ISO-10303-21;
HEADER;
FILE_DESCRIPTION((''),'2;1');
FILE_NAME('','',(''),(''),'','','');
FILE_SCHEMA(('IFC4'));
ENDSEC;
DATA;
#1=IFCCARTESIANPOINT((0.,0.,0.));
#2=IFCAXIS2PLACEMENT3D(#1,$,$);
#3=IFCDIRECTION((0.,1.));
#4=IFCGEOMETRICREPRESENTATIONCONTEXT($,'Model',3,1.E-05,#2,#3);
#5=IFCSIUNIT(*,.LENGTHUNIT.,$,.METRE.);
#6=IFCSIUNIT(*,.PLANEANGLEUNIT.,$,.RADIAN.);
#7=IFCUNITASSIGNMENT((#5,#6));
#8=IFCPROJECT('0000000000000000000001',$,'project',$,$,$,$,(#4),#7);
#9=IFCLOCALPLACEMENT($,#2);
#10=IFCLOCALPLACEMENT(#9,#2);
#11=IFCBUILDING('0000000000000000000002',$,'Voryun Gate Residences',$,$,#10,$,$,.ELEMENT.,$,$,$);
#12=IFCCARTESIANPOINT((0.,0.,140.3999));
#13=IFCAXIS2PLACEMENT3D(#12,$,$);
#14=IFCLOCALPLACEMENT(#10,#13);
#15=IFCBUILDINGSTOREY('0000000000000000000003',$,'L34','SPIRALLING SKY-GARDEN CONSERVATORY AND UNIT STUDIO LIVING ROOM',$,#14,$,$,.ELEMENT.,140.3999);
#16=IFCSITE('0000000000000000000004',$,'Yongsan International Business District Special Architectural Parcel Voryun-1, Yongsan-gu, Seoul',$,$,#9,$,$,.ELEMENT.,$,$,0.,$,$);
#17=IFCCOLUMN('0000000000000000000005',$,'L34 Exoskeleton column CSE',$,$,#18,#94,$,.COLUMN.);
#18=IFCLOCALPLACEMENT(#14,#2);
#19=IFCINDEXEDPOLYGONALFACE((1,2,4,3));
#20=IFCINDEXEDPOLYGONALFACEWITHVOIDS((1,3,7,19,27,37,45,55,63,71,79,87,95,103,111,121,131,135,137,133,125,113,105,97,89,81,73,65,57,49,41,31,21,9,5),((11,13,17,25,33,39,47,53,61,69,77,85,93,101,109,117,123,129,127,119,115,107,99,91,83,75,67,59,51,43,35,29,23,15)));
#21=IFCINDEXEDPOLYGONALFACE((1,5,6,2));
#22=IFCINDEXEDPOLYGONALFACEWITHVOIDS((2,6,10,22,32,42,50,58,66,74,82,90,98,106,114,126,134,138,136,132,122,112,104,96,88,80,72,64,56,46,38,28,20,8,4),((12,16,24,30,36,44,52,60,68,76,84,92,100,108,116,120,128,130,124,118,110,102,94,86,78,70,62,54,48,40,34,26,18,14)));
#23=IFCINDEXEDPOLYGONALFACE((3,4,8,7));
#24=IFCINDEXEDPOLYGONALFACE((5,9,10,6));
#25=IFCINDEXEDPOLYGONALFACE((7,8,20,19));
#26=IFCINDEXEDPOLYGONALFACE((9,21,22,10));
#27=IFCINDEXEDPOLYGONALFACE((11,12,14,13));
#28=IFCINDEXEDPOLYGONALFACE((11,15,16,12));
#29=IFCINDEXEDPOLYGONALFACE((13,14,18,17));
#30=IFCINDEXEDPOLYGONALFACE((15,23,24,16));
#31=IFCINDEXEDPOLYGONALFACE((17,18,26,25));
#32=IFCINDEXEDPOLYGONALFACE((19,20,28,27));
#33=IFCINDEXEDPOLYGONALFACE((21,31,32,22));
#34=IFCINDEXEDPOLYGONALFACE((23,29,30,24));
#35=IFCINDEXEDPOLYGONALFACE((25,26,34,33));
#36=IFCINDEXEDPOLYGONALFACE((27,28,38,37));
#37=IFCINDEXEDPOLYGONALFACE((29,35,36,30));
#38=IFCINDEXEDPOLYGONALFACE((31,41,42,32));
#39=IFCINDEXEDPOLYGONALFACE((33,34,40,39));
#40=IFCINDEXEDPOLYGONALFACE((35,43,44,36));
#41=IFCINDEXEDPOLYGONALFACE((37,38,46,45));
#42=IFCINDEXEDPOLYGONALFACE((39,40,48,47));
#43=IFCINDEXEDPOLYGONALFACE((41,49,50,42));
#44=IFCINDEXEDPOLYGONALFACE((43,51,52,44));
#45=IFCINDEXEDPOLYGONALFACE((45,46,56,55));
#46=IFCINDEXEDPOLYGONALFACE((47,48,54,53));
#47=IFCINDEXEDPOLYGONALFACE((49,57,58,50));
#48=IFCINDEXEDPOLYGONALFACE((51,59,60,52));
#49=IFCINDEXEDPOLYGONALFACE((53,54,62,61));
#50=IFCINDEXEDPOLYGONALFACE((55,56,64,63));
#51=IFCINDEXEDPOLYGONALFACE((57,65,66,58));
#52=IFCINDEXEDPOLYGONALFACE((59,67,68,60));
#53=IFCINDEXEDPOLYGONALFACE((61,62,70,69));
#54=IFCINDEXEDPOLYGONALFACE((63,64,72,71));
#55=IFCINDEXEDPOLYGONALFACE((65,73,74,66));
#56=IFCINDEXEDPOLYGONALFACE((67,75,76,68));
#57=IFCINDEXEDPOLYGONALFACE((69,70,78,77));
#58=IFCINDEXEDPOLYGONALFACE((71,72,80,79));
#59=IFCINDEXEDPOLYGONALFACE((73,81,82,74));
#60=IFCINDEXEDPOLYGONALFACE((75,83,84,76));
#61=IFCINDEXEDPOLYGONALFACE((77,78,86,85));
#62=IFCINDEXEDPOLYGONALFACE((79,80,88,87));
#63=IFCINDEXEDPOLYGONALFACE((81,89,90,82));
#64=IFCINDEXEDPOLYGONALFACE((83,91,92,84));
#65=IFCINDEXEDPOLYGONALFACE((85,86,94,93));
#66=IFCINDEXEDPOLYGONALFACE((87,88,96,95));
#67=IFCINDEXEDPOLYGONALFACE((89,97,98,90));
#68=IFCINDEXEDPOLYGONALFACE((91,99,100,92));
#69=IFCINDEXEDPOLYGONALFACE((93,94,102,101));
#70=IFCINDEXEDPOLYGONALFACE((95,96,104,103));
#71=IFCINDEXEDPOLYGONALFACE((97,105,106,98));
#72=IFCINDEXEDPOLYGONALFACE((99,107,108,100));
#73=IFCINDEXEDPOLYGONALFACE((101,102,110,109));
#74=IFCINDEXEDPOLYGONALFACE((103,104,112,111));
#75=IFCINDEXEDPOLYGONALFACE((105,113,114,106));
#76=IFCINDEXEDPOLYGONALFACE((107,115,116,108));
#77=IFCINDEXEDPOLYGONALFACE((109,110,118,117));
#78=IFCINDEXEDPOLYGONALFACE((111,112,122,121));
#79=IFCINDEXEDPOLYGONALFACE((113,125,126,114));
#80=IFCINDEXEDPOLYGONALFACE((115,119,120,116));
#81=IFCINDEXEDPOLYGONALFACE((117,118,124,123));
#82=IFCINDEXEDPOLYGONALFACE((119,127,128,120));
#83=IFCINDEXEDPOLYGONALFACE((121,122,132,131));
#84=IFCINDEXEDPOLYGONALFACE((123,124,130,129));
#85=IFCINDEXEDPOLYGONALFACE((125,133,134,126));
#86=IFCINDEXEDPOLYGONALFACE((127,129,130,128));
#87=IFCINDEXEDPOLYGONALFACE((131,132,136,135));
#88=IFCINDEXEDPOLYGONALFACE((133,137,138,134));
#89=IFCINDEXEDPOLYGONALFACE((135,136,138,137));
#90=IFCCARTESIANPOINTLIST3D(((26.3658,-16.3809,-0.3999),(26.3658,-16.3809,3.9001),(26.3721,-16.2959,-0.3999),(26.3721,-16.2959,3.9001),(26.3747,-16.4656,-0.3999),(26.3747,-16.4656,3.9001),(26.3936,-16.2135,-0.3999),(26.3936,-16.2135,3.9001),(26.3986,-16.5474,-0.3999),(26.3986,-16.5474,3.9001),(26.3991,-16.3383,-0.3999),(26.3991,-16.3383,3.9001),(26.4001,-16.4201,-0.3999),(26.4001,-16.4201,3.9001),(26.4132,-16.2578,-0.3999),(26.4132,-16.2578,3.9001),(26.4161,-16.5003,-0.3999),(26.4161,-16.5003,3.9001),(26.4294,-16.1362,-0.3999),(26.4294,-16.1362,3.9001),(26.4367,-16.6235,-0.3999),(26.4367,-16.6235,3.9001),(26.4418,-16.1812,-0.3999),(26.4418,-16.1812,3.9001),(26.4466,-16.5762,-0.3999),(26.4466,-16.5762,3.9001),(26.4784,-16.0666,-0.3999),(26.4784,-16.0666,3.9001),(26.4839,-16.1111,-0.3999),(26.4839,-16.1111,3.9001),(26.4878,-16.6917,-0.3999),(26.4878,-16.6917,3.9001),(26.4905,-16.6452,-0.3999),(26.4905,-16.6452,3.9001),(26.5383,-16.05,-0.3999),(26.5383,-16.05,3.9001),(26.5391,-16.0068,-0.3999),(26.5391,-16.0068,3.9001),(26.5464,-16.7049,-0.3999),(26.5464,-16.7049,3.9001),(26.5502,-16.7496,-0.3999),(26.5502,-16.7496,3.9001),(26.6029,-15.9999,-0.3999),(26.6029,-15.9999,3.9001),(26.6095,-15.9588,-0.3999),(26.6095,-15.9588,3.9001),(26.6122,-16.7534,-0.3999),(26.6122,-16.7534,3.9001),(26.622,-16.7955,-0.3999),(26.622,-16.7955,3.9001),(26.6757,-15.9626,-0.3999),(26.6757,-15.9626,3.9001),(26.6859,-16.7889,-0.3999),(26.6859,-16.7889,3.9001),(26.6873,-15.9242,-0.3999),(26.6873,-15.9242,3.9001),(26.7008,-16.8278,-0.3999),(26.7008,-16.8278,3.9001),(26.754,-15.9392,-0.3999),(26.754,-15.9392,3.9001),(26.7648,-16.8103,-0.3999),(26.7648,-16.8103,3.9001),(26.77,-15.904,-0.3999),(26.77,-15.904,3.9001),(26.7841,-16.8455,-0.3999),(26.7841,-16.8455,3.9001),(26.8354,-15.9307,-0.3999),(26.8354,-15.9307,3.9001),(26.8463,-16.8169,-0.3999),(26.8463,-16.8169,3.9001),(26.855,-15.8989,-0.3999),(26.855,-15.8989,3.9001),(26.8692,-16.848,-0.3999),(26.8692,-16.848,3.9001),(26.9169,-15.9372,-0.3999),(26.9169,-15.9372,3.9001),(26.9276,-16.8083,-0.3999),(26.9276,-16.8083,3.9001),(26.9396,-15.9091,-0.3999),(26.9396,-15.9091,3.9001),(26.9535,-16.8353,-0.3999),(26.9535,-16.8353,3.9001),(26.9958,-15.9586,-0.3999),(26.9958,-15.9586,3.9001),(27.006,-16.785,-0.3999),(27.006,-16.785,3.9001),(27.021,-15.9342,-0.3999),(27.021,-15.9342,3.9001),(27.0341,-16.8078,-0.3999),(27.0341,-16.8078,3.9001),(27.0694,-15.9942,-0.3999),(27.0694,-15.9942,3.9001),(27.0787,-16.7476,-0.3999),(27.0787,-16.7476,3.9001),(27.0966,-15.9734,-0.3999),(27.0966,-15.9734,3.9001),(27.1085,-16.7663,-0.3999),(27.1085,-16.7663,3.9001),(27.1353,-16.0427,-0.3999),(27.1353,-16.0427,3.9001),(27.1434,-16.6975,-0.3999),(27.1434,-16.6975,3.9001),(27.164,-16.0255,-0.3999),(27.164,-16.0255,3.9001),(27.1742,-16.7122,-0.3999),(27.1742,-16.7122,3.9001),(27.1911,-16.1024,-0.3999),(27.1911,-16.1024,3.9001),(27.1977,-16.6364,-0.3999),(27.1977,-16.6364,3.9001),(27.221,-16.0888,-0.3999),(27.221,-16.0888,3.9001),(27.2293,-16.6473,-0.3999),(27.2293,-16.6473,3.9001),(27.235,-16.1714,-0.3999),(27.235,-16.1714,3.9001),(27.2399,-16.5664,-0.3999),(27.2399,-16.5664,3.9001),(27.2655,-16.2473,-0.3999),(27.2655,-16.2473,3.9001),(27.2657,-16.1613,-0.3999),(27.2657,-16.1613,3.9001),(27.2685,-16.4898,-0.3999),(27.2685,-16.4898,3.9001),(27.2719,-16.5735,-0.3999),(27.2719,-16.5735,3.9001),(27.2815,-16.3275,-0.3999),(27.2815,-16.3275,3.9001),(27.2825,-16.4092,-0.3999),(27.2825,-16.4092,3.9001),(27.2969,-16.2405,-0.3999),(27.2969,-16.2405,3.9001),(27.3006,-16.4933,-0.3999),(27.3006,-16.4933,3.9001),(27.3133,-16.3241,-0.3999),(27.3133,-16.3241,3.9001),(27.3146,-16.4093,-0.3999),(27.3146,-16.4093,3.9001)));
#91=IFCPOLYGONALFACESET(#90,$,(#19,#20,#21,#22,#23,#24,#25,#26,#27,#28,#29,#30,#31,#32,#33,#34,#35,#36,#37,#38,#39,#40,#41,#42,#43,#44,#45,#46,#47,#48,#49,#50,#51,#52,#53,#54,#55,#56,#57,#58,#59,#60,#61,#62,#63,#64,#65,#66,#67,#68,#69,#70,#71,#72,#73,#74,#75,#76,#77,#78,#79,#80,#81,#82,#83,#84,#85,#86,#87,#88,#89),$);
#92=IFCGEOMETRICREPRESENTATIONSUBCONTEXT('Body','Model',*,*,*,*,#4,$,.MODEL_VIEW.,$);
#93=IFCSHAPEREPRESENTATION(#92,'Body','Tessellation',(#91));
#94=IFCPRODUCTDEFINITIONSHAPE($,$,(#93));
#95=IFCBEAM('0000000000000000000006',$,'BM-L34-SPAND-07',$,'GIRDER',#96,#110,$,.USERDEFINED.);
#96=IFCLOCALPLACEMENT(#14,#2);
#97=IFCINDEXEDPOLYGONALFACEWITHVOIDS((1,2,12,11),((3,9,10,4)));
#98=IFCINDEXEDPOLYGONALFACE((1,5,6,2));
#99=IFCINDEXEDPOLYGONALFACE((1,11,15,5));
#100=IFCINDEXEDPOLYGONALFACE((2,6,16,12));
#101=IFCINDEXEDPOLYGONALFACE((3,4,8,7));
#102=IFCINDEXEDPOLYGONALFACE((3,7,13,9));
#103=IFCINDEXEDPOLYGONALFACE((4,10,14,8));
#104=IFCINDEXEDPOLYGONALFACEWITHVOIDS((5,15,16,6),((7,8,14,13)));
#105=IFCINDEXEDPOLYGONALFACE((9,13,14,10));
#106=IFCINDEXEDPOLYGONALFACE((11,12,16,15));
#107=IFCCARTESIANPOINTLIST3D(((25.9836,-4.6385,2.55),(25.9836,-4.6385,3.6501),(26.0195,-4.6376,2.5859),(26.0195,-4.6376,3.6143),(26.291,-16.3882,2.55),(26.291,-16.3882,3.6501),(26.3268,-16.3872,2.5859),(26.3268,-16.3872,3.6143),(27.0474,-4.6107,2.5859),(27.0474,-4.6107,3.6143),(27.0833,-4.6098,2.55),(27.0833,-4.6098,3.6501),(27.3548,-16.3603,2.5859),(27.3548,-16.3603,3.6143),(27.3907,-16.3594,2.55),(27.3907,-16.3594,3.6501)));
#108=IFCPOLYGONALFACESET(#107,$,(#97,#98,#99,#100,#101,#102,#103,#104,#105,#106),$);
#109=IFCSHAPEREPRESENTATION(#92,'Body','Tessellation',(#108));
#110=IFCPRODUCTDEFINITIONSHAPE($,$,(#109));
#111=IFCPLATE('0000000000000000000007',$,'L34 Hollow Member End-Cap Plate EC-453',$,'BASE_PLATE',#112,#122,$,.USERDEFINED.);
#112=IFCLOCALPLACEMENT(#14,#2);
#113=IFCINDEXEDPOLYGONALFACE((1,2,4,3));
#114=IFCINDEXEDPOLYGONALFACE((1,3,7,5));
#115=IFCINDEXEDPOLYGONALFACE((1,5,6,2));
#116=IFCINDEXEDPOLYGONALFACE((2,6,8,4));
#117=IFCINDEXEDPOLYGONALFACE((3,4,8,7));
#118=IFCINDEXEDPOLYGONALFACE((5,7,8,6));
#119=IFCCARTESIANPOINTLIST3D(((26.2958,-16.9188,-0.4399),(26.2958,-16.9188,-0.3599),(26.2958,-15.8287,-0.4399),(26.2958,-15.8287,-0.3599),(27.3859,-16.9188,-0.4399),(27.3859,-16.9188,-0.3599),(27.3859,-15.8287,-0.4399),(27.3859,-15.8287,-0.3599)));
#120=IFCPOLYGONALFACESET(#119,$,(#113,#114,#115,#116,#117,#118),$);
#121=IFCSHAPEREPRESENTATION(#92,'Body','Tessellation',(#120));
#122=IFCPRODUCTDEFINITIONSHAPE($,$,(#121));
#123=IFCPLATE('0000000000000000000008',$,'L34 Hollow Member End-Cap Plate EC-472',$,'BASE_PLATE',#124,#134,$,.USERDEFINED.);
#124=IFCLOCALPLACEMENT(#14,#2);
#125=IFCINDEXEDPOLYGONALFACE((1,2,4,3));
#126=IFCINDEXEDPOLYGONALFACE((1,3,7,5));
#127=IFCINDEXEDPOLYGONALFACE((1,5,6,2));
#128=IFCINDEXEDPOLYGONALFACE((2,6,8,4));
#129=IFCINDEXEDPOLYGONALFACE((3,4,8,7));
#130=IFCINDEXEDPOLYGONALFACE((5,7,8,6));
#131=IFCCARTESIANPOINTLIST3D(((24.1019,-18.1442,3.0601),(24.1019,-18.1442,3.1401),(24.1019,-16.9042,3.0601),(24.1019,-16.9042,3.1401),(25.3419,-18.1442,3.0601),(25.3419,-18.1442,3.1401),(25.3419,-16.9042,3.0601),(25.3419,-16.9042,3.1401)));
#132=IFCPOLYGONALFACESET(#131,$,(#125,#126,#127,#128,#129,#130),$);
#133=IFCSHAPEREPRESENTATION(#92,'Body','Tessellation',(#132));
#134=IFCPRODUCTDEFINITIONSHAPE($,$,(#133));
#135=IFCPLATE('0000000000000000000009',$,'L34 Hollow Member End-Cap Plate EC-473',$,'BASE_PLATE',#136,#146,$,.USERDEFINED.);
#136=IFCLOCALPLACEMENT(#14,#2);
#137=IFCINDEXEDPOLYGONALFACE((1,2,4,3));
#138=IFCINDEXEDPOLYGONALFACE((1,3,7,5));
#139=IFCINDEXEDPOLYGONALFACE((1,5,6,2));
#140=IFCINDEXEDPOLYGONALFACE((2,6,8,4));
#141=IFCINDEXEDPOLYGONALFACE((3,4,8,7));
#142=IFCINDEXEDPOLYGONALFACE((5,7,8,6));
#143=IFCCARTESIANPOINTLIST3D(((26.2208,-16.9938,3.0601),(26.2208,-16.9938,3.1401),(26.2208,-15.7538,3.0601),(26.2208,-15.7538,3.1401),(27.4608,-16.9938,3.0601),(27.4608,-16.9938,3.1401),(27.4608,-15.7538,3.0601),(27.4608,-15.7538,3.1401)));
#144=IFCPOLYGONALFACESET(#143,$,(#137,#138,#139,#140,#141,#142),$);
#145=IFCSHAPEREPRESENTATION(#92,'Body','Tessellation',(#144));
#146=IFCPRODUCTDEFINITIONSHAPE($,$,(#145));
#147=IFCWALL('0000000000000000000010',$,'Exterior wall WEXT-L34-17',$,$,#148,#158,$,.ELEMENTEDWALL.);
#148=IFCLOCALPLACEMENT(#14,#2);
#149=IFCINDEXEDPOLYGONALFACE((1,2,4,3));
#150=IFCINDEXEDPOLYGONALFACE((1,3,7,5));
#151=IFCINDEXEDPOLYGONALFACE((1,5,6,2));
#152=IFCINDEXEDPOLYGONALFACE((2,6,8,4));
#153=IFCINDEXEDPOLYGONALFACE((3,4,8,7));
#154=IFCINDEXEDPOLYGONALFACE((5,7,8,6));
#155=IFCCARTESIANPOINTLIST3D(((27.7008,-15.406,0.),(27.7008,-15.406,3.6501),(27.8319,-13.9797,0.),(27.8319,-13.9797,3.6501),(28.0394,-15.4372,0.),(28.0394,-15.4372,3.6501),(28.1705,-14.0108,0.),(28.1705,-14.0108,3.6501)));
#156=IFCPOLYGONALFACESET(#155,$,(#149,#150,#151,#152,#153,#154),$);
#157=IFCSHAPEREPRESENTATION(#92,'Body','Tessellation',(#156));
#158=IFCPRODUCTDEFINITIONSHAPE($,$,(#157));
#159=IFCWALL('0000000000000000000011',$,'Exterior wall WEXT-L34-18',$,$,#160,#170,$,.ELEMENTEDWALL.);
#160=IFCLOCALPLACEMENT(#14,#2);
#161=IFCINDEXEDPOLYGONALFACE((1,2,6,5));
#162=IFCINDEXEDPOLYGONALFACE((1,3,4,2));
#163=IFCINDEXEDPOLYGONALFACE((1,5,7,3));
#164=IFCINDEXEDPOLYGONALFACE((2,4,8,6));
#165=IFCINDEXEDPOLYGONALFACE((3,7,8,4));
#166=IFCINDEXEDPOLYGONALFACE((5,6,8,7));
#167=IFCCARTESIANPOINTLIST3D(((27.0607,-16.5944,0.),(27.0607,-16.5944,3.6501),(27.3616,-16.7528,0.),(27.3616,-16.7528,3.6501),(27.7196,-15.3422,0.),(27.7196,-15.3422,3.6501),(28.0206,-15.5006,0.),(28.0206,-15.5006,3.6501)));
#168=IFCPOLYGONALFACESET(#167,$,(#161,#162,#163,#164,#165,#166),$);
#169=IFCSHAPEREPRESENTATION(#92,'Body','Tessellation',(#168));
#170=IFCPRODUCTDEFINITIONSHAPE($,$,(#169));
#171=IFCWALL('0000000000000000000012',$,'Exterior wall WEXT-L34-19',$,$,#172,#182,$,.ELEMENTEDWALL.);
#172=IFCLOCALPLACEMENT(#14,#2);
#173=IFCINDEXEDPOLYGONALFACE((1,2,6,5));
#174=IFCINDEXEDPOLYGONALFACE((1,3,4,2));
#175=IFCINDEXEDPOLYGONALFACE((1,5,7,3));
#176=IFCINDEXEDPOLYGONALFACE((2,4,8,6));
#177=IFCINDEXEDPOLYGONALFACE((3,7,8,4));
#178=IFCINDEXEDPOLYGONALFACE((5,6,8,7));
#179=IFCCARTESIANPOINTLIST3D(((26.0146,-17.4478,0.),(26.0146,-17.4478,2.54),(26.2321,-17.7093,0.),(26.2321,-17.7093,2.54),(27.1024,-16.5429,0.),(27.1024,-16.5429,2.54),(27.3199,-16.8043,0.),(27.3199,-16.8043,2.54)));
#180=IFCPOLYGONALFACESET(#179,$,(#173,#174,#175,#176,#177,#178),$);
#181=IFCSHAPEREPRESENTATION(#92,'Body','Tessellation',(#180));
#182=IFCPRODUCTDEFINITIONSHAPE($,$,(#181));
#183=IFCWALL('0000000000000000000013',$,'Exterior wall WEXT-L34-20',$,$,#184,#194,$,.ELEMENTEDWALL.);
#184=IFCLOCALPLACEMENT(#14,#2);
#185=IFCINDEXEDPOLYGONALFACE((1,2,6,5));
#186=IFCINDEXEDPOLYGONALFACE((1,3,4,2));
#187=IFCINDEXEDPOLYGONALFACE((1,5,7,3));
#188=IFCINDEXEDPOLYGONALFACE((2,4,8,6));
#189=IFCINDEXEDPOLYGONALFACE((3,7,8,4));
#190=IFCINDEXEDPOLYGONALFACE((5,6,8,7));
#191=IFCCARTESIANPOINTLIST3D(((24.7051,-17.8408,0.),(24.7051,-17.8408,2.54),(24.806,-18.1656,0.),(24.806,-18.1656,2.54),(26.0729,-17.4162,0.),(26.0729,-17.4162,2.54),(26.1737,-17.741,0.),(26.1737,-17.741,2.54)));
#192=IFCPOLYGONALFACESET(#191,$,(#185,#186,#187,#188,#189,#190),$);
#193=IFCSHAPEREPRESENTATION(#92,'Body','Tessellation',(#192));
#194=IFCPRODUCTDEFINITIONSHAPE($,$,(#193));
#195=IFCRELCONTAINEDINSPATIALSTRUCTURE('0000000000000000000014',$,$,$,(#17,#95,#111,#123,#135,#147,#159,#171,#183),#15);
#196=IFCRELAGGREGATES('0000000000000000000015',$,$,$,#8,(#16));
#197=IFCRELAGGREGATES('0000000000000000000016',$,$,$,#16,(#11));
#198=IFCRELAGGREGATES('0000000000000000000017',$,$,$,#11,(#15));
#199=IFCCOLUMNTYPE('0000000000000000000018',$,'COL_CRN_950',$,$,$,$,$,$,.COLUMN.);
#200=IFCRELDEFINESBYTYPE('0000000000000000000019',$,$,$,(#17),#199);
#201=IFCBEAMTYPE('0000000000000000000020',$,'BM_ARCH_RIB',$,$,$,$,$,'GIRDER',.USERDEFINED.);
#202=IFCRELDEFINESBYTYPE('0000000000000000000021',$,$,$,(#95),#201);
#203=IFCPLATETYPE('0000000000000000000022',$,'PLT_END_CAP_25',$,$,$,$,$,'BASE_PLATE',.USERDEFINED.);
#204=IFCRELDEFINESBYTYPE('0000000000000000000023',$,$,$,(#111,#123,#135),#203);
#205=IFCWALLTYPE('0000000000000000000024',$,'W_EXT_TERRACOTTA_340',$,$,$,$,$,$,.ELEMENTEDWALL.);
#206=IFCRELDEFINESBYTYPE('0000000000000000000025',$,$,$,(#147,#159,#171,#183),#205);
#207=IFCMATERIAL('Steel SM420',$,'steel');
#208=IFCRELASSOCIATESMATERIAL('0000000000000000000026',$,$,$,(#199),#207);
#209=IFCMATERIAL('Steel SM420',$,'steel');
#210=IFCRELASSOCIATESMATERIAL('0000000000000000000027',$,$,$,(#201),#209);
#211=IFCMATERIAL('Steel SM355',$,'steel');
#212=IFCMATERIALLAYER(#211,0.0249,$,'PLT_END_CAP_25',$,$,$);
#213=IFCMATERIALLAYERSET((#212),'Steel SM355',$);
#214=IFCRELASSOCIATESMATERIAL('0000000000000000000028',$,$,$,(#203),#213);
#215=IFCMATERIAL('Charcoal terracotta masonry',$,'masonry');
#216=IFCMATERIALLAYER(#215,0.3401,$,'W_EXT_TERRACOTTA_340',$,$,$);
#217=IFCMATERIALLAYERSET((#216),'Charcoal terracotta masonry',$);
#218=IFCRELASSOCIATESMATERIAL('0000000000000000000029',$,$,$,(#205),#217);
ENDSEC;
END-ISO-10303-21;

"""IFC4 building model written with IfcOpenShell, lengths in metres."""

from ifc_helpers import new_model, si_unit, direction, frame, frame_2d, origin, origin_2d, place, context, subcontext, project, spatial, rectangle, hollow_rectangle, hollow_circle, extrude, material, layer, layer_set, material_profile, profile_set, type_object, element, save


model = new_model("IFC4")

# Units and contexts
model_context = context("Model", 3, precision=1e-05, world=origin(), true_north=direction((0.0, 1.0)))
body_context = subcontext(model_context, "Body", "Model", "MODEL_VIEW")
ifc_project = project(units=[si_unit("LENGTHUNIT", "METRE"), si_unit("PLANEANGLEUNIT", "RADIAN")], contexts=[model_context])

# Site, building, storey
site_placement = place(None, origin())
site = spatial("IfcSite", under=ifc_project, at=site_placement, Name="Yongsan International Business District Special Architectural Parcel Voryun-1, Yongsan-gu, Seoul", CompositionType="ELEMENT", RefElevation=0.0)
building_placement = place(site_placement, origin())
building = spatial("IfcBuilding", under=site, at=building_placement, Name="Voryun Gate Residences", CompositionType="ELEMENT")
storey_placement = place(building_placement, frame((0.0, 0.0, 140.3999)))
storey = spatial("IfcBuildingStorey", under=building, at=storey_placement, Name="L34", Description="SPIRALLING SKY-GARDEN CONSERVATORY AND UNIT STUDIO LIVING ROOM", CompositionType="ELEMENT", Elevation=140.3999)

# Column
ifc_material_1 = material(Name="Steel SM420", Category="steel")
ifc_material_profile_1 = material_profile(ifc_material_1, hollow_circle(Radius=0.4751, WallThickness=0.032, at=origin_2d()), Name="CHS-950x32")
ifc_profile_set_1 = profile_set([ifc_material_profile_1], Name="Steel SM420")
column_type = type_object("IfcColumnType", Name="COL_CRN_950", PredefinedType="COLUMN", material=ifc_profile_set_1)
column_placement = place(storey_placement, frame((26.8408, -16.3738, -0.3999), z_axis=(0.0, 0.0, 1.0), x_axis=(0.994522, 0.104528, 0.0)))
element("IfcColumn", 1, at=column_placement, inside=storey, type_object=column_type, Name="L34 Exoskeleton column CSE", PredefinedType="COLUMN", context=body_context, shape_type="SweptSolid", body=[
    extrude(hollow_circle(Radius=0.4751, WallThickness=0.032, at=origin_2d()), origin(), (0.0, 0.0, 1.0), 4.3),
])

# Beam
ifc_material_2 = material(Name="Steel SM420", Category="steel")
ifc_material_profile_2 = material_profile(ifc_material_2, hollow_rectangle(XDim=1.1001, YDim=1.1001, WallThickness=0.0359, at=origin_2d()), Name="BOX-1100x1100x36")
ifc_profile_set_2 = profile_set([ifc_material_profile_2], Name="Steel SM420")
beam_type = type_object("IfcBeamType", Name="BM_ARCH_RIB", ElementType="GIRDER", PredefinedType="USERDEFINED", material=ifc_profile_set_2)
beam_placement = place(storey_placement, frame((26.8408, -16.3738, 3.1001), z_axis=(-0.026151, 0.999658, 0.0), x_axis=(-0.999658, -0.026151, 0.0)))
element("IfcBeam", 2, at=beam_placement, inside=storey, type_object=beam_type, Name="BM-L34-SPAND-07", ObjectType="GIRDER", PredefinedType="USERDEFINED", context=body_context, shape_type="SweptSolid", body=[
    extrude(hollow_rectangle(XDim=1.1001, YDim=1.1001, WallThickness=0.0359, at=origin_2d()), origin(), (0.0, 0.0, 1.0), 11.7537),
])

# Plates
ifc_material_3 = material(Name="Steel SM355", Category="steel")
ifc_layer_1 = layer(ifc_material_3, 0.0249, Name="PLT_END_CAP_25")
ifc_layer_set_1 = layer_set([ifc_layer_1], Name="Steel SM355")
plate_type = type_object("IfcPlateType", Name="PLT_END_CAP_25", ElementType="BASE_PLATE", PredefinedType="USERDEFINED", material=ifc_layer_set_1)
plate_placement = place(storey_placement, frame((26.8408, -16.3738, -0.4399), z_axis=(0.0, 0.0, 1.0), x_axis=(1.0, 0.0, 0.0)))
element("IfcPlate", 3, at=plate_placement, inside=storey, type_object=plate_type, Name="L34 Hollow Member End-Cap Plate EC-453", ObjectType="BASE_PLATE", PredefinedType="USERDEFINED", context=body_context, shape_type="SweptSolid", body=[
    extrude(rectangle(XDim=1.0901, YDim=1.0901, at=origin_2d()), origin(), (0.0, 0.0, 1.0), 0.0801),
])
for number, where, z_axis, x_axis, name in (
    (4, (24.7219, -17.5242, 3.0601), (0.0, 0.0, 1.0), (1.0, 0.0, 0.0), "L34 Hollow Member End-Cap Plate EC-472"),
    (5, (26.8408, -16.3738, 3.0601), (0.0, 0.0, 1.0), (1.0, 0.0, 0.0), "L34 Hollow Member End-Cap Plate EC-473"),
):
    element("IfcPlate", number, at=place(storey_placement, frame(where, z_axis=z_axis, x_axis=x_axis)), inside=storey, type_object=plate_type, Name=name, ObjectType="BASE_PLATE", PredefinedType="USERDEFINED", context=body_context, shape_type="SweptSolid", body=[
        extrude(rectangle(XDim=1.24, YDim=1.24, at=origin_2d()), origin(), (0.0, 0.0, 1.0), 0.0801),
    ])

# Shared definitions
ifc_material_4 = material(Name="Charcoal terracotta masonry", Category="masonry")
ifc_layer_2 = layer(ifc_material_4, 0.3401, Name="W_EXT_TERRACOTTA_340")
ifc_layer_set_2 = layer_set([ifc_layer_2], Name="Charcoal terracotta masonry")
wall_type = type_object("IfcWallType", Name="W_EXT_TERRACOTTA_340", PredefinedType="ELEMENTEDWALL", material=ifc_layer_set_2)

# Walls
wall_1_placement = place(storey_placement, frame((28.0012, -13.9951, 0.0), z_axis=(0.0, 0.0, 1.0), x_axis=(-0.091535, -0.995802, 0.0)))
element("IfcWall", 6, at=wall_1_placement, inside=storey, type_object=wall_type, Name="Exterior wall WEXT-L34-17", PredefinedType="ELEMENTEDWALL", context=body_context, shape_type="SweptSolid", body=[
    extrude(rectangle(XDim=1.4324, YDim=0.3401, at=frame_2d((0.7163, 0.0))), origin(), (0.0, 0.0, 1.0), 3.6501),
])
wall_2_placement = place(storey_placement, frame((27.8701, -15.4214, 0.0), z_axis=(0.0, 0.0, 1.0), x_axis=(-0.465682, -0.884952, 0.0)))
element("IfcWall", 7, at=wall_2_placement, inside=storey, type_object=wall_type, Name="Exterior wall WEXT-L34-18", PredefinedType="ELEMENTEDWALL", context=body_context, shape_type="SweptSolid", body=[
    extrude(rectangle(XDim=1.415, YDim=0.3401, at=frame_2d((0.7075, 0.0))), origin(), (0.0, 0.0, 1.0), 3.6501),
])
wall_3_placement = place(storey_placement, frame((27.2112, -16.6736, 0.0), z_axis=(0.0, 0.0, 1.0), x_axis=(-0.768758, -0.639539, 0.0)))
element("IfcWall", 8, at=wall_3_placement, inside=storey, type_object=wall_type, Name="Exterior wall WEXT-L34-19", PredefinedType="ELEMENTEDWALL", context=body_context, shape_type="SweptSolid", body=[
    extrude(rectangle(XDim=1.415, YDim=0.3401, at=frame_2d((0.7075, 0.0))), origin(), (0.0, 0.0, 1.0), 2.54),
])
wall_4_placement = place(storey_placement, frame((26.1233, -17.5786, 0.0), z_axis=(0.0, 0.0, 1.0), x_axis=(-0.955043, -0.296469, 0.0)))
element("IfcWall", 9, at=wall_4_placement, inside=storey, type_object=wall_type, Name="Exterior wall WEXT-L34-20", PredefinedType="ELEMENTEDWALL", context=body_context, shape_type="SweptSolid", body=[
    extrude(rectangle(XDim=1.4321, YDim=0.3401, at=frame_2d((0.7161, 0.0))), origin(), (0.0, 0.0, 1.0), 2.54),
])

save(model, "model.ifc")
